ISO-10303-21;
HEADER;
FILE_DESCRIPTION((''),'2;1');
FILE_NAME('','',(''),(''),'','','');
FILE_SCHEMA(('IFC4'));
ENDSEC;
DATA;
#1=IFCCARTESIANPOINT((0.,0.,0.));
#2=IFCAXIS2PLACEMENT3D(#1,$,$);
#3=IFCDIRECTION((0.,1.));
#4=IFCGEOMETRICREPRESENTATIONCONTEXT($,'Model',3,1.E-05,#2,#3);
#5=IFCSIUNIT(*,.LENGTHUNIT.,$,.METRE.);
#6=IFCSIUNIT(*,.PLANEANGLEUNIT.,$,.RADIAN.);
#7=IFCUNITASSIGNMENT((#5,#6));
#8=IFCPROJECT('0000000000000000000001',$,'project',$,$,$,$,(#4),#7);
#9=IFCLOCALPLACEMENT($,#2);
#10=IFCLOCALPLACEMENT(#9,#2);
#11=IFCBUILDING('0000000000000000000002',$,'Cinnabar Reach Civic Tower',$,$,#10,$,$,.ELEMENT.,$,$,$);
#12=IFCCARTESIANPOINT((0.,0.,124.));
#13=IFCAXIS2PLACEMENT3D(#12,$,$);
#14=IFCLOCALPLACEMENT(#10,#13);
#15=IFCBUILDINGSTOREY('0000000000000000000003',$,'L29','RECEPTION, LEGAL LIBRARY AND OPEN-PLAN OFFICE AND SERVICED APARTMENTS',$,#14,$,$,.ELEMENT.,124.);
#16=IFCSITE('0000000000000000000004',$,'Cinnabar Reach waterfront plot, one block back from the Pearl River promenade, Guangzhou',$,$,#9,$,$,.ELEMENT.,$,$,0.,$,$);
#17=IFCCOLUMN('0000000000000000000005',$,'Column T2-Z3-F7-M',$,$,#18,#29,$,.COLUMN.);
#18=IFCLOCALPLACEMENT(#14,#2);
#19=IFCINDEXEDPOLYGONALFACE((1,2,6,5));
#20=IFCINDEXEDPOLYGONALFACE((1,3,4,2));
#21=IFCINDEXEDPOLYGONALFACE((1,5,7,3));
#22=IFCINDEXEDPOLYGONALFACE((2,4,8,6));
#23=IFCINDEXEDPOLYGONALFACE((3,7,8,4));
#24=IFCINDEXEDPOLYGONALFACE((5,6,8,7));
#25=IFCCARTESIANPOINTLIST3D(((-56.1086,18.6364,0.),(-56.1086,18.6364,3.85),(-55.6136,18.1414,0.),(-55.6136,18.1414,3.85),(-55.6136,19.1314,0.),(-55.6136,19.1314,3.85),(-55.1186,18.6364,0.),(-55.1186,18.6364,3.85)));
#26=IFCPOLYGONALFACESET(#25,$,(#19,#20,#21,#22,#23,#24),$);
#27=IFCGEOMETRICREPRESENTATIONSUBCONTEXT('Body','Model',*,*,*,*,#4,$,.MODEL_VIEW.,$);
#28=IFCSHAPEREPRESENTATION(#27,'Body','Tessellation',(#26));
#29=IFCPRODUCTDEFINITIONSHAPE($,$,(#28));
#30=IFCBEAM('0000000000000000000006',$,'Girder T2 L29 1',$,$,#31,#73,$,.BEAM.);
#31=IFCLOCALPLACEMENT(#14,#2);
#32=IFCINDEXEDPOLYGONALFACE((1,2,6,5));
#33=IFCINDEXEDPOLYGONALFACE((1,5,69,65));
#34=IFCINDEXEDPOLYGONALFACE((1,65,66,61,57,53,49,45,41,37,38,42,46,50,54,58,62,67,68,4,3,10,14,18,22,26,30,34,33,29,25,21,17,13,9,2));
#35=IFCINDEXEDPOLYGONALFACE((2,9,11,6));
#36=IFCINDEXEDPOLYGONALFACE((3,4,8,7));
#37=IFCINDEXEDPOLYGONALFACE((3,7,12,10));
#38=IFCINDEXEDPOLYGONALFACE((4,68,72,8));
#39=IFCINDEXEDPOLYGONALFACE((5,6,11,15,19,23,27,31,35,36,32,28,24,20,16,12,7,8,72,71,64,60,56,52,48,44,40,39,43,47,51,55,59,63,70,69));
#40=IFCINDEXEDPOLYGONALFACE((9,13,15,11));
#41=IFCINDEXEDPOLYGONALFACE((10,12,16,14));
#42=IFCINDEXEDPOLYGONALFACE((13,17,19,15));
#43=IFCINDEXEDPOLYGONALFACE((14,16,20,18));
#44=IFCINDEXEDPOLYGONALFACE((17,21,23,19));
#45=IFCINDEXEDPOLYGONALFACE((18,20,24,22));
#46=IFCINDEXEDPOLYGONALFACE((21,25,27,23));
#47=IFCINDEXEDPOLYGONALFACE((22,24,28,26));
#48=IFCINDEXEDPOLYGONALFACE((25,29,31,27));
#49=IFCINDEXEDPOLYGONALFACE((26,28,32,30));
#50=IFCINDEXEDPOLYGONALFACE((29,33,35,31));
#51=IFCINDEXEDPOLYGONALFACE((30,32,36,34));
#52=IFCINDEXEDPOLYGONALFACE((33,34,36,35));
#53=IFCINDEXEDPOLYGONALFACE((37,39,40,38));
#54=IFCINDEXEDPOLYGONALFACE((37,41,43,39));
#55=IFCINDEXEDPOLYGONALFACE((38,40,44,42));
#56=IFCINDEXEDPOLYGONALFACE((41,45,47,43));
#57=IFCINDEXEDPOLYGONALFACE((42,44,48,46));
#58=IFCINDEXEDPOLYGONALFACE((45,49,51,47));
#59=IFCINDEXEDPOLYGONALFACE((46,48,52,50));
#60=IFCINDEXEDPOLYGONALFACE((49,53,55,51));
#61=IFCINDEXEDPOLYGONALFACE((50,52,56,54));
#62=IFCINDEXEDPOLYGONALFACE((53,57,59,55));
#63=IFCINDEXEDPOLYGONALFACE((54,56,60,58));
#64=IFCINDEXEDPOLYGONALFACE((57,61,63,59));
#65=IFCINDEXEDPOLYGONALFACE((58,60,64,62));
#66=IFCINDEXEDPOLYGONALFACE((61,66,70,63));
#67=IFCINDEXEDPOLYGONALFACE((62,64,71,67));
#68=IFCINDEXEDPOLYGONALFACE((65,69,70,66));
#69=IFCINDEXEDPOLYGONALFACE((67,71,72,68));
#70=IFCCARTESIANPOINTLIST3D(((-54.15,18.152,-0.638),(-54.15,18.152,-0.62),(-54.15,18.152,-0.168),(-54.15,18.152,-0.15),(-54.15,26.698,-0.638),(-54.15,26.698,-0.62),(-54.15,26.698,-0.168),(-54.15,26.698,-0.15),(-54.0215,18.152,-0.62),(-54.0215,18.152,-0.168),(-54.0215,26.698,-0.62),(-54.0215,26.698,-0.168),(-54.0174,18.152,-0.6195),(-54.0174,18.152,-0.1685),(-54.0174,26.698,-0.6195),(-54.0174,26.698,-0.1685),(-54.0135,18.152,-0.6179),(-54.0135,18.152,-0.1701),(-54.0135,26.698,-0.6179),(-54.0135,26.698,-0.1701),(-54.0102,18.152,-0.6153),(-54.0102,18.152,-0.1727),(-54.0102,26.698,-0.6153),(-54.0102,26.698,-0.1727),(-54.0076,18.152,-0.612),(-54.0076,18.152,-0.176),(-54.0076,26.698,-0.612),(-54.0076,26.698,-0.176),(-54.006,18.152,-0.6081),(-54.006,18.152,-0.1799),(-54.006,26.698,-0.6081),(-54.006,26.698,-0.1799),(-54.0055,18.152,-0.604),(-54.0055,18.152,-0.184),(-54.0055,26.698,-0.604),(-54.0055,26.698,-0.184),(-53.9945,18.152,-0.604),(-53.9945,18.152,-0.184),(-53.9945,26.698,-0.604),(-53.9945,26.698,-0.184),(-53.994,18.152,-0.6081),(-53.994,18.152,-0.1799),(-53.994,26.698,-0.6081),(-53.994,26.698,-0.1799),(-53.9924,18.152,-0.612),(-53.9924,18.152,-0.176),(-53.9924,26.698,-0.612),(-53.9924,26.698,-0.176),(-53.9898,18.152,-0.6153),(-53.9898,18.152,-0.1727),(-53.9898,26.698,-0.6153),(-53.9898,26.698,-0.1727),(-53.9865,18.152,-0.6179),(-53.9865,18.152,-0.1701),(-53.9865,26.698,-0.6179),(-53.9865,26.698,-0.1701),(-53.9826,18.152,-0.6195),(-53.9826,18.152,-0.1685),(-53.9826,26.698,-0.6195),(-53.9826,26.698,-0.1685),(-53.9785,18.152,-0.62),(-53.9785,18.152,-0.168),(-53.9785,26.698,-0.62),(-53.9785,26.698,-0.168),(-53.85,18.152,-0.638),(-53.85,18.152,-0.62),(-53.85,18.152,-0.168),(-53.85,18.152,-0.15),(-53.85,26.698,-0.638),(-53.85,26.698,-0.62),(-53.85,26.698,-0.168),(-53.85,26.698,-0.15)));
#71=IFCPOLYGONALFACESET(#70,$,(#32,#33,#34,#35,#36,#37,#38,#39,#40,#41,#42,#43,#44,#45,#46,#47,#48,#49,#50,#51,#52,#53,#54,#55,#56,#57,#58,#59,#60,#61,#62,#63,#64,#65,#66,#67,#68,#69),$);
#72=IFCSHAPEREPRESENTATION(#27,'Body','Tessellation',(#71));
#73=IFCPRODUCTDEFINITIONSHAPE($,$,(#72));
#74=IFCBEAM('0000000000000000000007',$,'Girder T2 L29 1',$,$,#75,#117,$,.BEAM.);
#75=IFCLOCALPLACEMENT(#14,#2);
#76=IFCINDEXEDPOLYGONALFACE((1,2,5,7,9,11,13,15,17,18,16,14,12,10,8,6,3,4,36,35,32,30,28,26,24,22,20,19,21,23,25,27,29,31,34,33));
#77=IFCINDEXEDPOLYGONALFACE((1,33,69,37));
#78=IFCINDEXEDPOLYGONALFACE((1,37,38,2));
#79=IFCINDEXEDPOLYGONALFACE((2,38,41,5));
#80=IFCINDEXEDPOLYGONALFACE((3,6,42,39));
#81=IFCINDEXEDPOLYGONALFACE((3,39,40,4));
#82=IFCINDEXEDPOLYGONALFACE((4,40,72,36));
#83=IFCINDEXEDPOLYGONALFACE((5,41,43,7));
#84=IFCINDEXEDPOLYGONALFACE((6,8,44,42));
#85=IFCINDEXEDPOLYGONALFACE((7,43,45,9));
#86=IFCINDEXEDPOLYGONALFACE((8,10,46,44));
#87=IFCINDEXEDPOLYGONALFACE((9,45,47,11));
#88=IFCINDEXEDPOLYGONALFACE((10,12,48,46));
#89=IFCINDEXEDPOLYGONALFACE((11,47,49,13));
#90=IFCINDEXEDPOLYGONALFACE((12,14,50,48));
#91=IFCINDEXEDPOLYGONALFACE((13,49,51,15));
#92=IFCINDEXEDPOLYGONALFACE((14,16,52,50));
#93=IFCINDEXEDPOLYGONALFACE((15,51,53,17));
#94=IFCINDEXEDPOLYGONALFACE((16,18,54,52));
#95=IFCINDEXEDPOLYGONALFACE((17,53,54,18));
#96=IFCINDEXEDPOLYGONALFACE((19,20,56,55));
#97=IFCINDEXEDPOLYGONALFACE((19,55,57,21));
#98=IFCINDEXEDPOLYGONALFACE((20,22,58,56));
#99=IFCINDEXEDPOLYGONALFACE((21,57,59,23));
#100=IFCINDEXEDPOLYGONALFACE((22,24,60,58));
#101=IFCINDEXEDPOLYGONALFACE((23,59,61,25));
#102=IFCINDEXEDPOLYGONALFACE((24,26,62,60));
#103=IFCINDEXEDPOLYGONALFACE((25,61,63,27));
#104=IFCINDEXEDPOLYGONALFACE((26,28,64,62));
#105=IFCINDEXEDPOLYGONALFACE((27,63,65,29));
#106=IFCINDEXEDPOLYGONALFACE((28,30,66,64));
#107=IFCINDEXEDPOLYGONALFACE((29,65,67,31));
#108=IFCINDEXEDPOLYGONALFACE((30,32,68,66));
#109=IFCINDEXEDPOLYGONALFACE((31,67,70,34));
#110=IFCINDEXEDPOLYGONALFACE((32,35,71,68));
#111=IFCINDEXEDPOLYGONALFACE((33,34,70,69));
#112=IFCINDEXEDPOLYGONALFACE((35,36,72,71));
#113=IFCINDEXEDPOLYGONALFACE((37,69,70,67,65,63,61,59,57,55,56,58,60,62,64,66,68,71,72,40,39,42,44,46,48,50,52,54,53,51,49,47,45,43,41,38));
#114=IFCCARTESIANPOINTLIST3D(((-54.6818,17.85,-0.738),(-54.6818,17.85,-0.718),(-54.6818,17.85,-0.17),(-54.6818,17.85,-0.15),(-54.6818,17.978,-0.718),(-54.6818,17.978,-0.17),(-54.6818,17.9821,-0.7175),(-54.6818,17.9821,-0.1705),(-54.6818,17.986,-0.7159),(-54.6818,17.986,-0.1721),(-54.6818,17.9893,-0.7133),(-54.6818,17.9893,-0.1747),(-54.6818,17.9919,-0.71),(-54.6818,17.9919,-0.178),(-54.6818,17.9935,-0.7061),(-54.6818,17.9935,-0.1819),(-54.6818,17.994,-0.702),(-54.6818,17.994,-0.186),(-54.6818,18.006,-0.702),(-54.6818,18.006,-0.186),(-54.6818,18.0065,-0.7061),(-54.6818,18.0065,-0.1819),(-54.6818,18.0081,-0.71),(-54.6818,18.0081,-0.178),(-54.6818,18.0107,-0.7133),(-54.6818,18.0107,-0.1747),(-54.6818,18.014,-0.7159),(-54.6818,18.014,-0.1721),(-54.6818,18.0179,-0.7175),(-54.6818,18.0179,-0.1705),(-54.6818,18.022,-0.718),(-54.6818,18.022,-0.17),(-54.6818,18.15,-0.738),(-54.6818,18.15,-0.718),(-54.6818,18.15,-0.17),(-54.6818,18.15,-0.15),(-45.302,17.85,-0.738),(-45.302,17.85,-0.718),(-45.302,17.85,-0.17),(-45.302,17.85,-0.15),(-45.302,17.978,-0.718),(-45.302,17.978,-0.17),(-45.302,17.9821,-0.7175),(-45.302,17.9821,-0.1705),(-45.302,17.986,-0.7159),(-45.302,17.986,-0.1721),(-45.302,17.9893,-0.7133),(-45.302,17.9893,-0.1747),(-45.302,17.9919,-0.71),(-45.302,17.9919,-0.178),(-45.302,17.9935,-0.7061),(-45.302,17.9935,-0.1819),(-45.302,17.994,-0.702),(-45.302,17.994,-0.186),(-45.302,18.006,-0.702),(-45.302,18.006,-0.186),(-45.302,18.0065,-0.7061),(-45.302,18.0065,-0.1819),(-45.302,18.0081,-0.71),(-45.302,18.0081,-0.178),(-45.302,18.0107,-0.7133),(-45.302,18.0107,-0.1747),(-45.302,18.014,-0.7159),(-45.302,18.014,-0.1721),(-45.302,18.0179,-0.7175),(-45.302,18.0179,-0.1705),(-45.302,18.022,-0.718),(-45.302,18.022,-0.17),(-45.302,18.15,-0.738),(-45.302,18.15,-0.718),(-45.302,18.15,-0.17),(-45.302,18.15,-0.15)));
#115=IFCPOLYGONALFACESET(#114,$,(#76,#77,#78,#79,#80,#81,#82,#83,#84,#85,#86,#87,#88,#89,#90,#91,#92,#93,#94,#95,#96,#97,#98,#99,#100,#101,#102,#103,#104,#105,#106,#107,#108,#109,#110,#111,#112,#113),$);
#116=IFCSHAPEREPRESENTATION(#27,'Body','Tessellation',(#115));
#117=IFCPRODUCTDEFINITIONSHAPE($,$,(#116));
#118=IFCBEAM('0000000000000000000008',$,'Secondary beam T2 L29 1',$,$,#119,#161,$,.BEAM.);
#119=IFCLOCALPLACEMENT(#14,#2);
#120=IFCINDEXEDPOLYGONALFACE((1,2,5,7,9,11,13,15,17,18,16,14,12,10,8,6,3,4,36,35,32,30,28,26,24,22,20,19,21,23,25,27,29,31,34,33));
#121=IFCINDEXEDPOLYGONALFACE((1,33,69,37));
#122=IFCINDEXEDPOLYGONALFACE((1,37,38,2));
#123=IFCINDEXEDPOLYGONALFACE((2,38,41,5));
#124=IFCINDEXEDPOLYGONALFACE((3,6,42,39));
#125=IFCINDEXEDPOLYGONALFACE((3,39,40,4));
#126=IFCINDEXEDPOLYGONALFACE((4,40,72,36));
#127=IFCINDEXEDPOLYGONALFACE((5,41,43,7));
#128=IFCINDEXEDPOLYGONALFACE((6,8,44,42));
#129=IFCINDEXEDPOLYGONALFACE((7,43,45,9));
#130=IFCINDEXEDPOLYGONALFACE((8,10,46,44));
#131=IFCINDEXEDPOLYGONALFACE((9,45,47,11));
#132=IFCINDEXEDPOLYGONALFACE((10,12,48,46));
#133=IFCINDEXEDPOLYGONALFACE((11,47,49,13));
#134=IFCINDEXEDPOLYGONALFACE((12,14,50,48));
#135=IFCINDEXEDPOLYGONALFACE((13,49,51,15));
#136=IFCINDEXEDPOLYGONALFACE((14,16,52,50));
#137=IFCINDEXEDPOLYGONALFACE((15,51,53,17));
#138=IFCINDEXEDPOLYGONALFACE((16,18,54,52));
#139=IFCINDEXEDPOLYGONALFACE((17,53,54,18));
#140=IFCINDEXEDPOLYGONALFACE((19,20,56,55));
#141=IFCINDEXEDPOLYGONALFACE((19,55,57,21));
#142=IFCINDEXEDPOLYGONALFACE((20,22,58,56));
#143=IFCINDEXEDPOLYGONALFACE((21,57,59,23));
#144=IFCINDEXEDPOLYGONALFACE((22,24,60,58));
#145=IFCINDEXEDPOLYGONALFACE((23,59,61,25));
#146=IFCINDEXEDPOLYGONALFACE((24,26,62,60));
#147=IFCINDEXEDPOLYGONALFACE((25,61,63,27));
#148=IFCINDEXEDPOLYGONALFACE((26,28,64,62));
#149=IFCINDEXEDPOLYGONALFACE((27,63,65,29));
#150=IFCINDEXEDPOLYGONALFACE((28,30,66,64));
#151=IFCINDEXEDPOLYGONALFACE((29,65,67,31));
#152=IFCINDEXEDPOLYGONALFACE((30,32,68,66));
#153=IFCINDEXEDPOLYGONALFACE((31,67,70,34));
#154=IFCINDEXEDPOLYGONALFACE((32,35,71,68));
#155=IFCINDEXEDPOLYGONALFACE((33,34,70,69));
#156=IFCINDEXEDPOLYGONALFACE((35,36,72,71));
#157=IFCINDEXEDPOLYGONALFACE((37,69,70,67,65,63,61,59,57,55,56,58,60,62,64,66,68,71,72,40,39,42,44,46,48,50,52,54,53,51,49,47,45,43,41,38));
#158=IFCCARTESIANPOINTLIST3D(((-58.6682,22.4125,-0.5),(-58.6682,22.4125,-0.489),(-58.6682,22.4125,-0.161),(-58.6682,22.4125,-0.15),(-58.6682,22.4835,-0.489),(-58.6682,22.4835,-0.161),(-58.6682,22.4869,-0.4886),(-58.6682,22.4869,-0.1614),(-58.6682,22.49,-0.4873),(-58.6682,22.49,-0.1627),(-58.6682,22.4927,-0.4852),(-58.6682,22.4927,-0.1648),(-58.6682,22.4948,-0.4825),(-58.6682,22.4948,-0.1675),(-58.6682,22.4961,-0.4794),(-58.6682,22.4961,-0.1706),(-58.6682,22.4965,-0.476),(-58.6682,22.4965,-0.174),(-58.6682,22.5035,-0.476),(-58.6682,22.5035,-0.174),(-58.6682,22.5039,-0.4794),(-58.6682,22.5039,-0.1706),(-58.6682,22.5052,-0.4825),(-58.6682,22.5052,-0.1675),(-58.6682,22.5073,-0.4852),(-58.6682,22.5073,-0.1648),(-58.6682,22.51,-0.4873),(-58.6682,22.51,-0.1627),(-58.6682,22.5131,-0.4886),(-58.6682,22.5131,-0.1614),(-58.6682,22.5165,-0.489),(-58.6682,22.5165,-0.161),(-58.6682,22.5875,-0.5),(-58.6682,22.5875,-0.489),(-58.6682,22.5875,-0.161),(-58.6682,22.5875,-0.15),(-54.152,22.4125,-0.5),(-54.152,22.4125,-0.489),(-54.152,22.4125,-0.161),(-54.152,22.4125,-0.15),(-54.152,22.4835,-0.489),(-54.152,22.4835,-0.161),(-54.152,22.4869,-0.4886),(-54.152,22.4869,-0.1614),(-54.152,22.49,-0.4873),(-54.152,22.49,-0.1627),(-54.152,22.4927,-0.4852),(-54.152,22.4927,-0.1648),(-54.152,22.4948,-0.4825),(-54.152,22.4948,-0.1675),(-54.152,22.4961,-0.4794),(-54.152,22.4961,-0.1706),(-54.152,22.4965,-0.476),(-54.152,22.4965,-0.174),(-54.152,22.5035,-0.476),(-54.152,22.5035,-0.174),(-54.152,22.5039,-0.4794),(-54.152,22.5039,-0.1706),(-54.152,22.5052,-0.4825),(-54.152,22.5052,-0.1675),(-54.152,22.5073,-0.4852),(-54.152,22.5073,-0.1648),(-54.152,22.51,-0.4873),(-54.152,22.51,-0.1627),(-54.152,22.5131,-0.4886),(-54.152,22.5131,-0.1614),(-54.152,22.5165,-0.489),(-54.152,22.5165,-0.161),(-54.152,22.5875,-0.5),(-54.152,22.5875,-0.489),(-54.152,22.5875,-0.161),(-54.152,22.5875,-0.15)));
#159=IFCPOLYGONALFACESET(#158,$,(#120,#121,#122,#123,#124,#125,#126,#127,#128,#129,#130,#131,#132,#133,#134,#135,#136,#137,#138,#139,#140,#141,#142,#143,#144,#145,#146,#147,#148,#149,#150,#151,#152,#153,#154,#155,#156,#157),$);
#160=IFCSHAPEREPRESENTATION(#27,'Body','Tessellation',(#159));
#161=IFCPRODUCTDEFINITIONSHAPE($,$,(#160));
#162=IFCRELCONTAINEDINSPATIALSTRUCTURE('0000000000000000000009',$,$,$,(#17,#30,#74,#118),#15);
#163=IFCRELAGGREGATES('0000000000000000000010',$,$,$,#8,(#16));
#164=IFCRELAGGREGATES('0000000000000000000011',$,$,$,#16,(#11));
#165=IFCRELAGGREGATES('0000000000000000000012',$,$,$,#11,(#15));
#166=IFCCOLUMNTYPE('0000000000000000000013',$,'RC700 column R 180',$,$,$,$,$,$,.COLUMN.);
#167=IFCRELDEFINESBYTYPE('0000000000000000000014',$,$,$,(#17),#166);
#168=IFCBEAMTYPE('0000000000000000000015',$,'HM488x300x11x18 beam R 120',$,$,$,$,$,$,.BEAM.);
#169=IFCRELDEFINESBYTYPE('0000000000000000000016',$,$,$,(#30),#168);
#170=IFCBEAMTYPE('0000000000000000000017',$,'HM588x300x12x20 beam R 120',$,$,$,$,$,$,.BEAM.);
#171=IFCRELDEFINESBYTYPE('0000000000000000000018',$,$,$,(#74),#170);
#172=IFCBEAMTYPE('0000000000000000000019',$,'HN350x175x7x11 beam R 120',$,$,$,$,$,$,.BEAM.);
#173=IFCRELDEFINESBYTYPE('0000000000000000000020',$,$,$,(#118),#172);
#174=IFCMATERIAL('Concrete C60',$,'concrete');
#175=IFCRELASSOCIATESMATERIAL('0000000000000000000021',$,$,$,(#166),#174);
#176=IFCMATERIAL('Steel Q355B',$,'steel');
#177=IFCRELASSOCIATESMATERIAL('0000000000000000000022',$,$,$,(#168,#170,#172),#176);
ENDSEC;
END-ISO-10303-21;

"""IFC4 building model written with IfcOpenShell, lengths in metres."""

from ifc_helpers import new_model, si_unit, direction, frame, origin, origin_2d, place, context, subcontext, project, spatial, rectangle, i_section, extrude, material, material_profile, profile_set, type_object, element, save


model = new_model("IFC4")

# Units and contexts
model_context = context("Model", 3, precision=1e-05, world=origin(), true_north=direction((0.0, 1.0)))
body_context = subcontext(model_context, "Body", "Model", "MODEL_VIEW")
ifc_project = project(units=[si_unit("LENGTHUNIT", "METRE"), si_unit("PLANEANGLEUNIT", "RADIAN")], contexts=[model_context])

# Site, building, storey
site_placement = place(None, origin())
site = spatial("IfcSite", under=ifc_project, at=site_placement, Name="Cinnabar Reach waterfront plot, one block back from the Pearl River promenade, Guangzhou", CompositionType="ELEMENT", RefElevation=0.0)
building_placement = place(site_placement, origin())
building = spatial("IfcBuilding", under=site, at=building_placement, Name="Cinnabar Reach Civic Tower", CompositionType="ELEMENT")
storey_placement = place(building_placement, frame((0.0, 0.0, 124.0)))
storey = spatial("IfcBuildingStorey", under=building, at=storey_placement, Name="L29", Description="RECEPTION, LEGAL LIBRARY AND OPEN-PLAN OFFICE AND SERVICED APARTMENTS", CompositionType="ELEMENT", Elevation=124.0)

# Column
ifc_material_1 = material(Name="Concrete C60", Category="concrete")
ifc_material_profile_1 = material_profile(ifc_material_1, rectangle(XDim=0.7, YDim=0.7, at=origin_2d()), Name="RC700")
ifc_profile_set_1 = profile_set([ifc_material_profile_1], Name="Concrete C60")
column_type = type_object("IfcColumnType", Name="RC700 column R 180", PredefinedType="COLUMN", material=ifc_profile_set_1)
column_placement = place(storey_placement, frame((-55.6136, 18.6364, 0.0), z_axis=(0.0, 0.0, 1.0), x_axis=(0.707107, 0.707107, 0.0)))
element("IfcColumn", 1, at=column_placement, inside=storey, type_object=column_type, Name="Column T2-Z3-F7-M", PredefinedType="COLUMN", context=body_context, shape_type="SweptSolid", body=[
    extrude(rectangle(XDim=0.7, YDim=0.7, at=origin_2d()), origin(), (0.0, 0.0, 1.0), 3.85),
])

# Beams
ifc_material_2 = material(Name="Steel Q355B", Category="steel")
ifc_material_profile_2 = material_profile(ifc_material_2, i_section(OverallWidth=0.3, OverallDepth=0.488, WebThickness=0.011, FlangeThickness=0.018, FilletRadius=0.016, at=origin_2d()), Name="HM488x300x11x18")
ifc_profile_set_2 = profile_set([ifc_material_profile_2], Name="Steel Q355B")
beam_type_1 = type_object("IfcBeamType", Name="HM488x300x11x18 beam R 120", PredefinedType="BEAM", material=ifc_profile_set_2)
beam_1_placement = place(storey_placement, frame((-54.0, 18.152, -0.394), z_axis=(0.0, 1.0, 0.0), x_axis=(-1.0, 0.0, 0.0)))
element("IfcBeam", 2, at=beam_1_placement, inside=storey, type_object=beam_type_1, Name="Girder T2 L29 1", PredefinedType="BEAM", context=body_context, shape_type="SweptSolid", body=[
    extrude(i_section(OverallWidth=0.3, OverallDepth=0.488, WebThickness=0.011, FlangeThickness=0.018, FilletRadius=0.016, at=origin_2d()), origin(), (0.0, 0.0, 1.0), 8.546),
])
ifc_material_profile_3 = material_profile(ifc_material_2, i_section(OverallWidth=0.3, OverallDepth=0.588, WebThickness=0.012, FlangeThickness=0.02, FilletRadius=0.016, at=origin_2d()), Name="HM588x300x12x20")
ifc_profile_set_3 = profile_set([ifc_material_profile_3], Name="Steel Q355B")
beam_type_2 = type_object("IfcBeamType", Name="HM588x300x12x20 beam R 120", PredefinedType="BEAM", material=ifc_profile_set_3)
beam_2_placement = place(storey_placement, frame((-54.6818, 18.0, -0.444), z_axis=(1.0, 0.0, 0.0), x_axis=(0.0, 1.0, 0.0)))
element("IfcBeam", 3, at=beam_2_placement, inside=storey, type_object=beam_type_2, Name="Girder T2 L29 1", PredefinedType="BEAM", context=body_context, shape_type="SweptSolid", body=[
    extrude(i_section(OverallWidth=0.3, OverallDepth=0.588, WebThickness=0.012, FlangeThickness=0.02, FilletRadius=0.016, at=origin_2d()), origin(), (0.0, 0.0, 1.0), 9.3798),
])
ifc_material_profile_4 = material_profile(ifc_material_2, i_section(OverallWidth=0.175, OverallDepth=0.35, WebThickness=0.007, FlangeThickness=0.011, FilletRadius=0.013, at=origin_2d()), Name="HN350x175x7x11")
ifc_profile_set_4 = profile_set([ifc_material_profile_4], Name="Steel Q355B")
beam_type_3 = type_object("IfcBeamType", Name="HN350x175x7x11 beam R 120", PredefinedType="BEAM", material=ifc_profile_set_4)
beam_3_placement = place(storey_placement, frame((-58.6682, 22.5, -0.325), z_axis=(1.0, 0.0, 0.0), x_axis=(0.0, 1.0, 0.0)))
element("IfcBeam", 4, at=beam_3_placement, inside=storey, type_object=beam_type_3, Name="Secondary beam T2 L29 1", PredefinedType="BEAM", context=body_context, shape_type="SweptSolid", body=[
    extrude(i_section(OverallWidth=0.175, OverallDepth=0.35, WebThickness=0.007, FlangeThickness=0.011, FilletRadius=0.013, at=origin_2d()), origin(), (0.0, 0.0, 1.0), 4.5162),
])

save(model, "model.ifc")
